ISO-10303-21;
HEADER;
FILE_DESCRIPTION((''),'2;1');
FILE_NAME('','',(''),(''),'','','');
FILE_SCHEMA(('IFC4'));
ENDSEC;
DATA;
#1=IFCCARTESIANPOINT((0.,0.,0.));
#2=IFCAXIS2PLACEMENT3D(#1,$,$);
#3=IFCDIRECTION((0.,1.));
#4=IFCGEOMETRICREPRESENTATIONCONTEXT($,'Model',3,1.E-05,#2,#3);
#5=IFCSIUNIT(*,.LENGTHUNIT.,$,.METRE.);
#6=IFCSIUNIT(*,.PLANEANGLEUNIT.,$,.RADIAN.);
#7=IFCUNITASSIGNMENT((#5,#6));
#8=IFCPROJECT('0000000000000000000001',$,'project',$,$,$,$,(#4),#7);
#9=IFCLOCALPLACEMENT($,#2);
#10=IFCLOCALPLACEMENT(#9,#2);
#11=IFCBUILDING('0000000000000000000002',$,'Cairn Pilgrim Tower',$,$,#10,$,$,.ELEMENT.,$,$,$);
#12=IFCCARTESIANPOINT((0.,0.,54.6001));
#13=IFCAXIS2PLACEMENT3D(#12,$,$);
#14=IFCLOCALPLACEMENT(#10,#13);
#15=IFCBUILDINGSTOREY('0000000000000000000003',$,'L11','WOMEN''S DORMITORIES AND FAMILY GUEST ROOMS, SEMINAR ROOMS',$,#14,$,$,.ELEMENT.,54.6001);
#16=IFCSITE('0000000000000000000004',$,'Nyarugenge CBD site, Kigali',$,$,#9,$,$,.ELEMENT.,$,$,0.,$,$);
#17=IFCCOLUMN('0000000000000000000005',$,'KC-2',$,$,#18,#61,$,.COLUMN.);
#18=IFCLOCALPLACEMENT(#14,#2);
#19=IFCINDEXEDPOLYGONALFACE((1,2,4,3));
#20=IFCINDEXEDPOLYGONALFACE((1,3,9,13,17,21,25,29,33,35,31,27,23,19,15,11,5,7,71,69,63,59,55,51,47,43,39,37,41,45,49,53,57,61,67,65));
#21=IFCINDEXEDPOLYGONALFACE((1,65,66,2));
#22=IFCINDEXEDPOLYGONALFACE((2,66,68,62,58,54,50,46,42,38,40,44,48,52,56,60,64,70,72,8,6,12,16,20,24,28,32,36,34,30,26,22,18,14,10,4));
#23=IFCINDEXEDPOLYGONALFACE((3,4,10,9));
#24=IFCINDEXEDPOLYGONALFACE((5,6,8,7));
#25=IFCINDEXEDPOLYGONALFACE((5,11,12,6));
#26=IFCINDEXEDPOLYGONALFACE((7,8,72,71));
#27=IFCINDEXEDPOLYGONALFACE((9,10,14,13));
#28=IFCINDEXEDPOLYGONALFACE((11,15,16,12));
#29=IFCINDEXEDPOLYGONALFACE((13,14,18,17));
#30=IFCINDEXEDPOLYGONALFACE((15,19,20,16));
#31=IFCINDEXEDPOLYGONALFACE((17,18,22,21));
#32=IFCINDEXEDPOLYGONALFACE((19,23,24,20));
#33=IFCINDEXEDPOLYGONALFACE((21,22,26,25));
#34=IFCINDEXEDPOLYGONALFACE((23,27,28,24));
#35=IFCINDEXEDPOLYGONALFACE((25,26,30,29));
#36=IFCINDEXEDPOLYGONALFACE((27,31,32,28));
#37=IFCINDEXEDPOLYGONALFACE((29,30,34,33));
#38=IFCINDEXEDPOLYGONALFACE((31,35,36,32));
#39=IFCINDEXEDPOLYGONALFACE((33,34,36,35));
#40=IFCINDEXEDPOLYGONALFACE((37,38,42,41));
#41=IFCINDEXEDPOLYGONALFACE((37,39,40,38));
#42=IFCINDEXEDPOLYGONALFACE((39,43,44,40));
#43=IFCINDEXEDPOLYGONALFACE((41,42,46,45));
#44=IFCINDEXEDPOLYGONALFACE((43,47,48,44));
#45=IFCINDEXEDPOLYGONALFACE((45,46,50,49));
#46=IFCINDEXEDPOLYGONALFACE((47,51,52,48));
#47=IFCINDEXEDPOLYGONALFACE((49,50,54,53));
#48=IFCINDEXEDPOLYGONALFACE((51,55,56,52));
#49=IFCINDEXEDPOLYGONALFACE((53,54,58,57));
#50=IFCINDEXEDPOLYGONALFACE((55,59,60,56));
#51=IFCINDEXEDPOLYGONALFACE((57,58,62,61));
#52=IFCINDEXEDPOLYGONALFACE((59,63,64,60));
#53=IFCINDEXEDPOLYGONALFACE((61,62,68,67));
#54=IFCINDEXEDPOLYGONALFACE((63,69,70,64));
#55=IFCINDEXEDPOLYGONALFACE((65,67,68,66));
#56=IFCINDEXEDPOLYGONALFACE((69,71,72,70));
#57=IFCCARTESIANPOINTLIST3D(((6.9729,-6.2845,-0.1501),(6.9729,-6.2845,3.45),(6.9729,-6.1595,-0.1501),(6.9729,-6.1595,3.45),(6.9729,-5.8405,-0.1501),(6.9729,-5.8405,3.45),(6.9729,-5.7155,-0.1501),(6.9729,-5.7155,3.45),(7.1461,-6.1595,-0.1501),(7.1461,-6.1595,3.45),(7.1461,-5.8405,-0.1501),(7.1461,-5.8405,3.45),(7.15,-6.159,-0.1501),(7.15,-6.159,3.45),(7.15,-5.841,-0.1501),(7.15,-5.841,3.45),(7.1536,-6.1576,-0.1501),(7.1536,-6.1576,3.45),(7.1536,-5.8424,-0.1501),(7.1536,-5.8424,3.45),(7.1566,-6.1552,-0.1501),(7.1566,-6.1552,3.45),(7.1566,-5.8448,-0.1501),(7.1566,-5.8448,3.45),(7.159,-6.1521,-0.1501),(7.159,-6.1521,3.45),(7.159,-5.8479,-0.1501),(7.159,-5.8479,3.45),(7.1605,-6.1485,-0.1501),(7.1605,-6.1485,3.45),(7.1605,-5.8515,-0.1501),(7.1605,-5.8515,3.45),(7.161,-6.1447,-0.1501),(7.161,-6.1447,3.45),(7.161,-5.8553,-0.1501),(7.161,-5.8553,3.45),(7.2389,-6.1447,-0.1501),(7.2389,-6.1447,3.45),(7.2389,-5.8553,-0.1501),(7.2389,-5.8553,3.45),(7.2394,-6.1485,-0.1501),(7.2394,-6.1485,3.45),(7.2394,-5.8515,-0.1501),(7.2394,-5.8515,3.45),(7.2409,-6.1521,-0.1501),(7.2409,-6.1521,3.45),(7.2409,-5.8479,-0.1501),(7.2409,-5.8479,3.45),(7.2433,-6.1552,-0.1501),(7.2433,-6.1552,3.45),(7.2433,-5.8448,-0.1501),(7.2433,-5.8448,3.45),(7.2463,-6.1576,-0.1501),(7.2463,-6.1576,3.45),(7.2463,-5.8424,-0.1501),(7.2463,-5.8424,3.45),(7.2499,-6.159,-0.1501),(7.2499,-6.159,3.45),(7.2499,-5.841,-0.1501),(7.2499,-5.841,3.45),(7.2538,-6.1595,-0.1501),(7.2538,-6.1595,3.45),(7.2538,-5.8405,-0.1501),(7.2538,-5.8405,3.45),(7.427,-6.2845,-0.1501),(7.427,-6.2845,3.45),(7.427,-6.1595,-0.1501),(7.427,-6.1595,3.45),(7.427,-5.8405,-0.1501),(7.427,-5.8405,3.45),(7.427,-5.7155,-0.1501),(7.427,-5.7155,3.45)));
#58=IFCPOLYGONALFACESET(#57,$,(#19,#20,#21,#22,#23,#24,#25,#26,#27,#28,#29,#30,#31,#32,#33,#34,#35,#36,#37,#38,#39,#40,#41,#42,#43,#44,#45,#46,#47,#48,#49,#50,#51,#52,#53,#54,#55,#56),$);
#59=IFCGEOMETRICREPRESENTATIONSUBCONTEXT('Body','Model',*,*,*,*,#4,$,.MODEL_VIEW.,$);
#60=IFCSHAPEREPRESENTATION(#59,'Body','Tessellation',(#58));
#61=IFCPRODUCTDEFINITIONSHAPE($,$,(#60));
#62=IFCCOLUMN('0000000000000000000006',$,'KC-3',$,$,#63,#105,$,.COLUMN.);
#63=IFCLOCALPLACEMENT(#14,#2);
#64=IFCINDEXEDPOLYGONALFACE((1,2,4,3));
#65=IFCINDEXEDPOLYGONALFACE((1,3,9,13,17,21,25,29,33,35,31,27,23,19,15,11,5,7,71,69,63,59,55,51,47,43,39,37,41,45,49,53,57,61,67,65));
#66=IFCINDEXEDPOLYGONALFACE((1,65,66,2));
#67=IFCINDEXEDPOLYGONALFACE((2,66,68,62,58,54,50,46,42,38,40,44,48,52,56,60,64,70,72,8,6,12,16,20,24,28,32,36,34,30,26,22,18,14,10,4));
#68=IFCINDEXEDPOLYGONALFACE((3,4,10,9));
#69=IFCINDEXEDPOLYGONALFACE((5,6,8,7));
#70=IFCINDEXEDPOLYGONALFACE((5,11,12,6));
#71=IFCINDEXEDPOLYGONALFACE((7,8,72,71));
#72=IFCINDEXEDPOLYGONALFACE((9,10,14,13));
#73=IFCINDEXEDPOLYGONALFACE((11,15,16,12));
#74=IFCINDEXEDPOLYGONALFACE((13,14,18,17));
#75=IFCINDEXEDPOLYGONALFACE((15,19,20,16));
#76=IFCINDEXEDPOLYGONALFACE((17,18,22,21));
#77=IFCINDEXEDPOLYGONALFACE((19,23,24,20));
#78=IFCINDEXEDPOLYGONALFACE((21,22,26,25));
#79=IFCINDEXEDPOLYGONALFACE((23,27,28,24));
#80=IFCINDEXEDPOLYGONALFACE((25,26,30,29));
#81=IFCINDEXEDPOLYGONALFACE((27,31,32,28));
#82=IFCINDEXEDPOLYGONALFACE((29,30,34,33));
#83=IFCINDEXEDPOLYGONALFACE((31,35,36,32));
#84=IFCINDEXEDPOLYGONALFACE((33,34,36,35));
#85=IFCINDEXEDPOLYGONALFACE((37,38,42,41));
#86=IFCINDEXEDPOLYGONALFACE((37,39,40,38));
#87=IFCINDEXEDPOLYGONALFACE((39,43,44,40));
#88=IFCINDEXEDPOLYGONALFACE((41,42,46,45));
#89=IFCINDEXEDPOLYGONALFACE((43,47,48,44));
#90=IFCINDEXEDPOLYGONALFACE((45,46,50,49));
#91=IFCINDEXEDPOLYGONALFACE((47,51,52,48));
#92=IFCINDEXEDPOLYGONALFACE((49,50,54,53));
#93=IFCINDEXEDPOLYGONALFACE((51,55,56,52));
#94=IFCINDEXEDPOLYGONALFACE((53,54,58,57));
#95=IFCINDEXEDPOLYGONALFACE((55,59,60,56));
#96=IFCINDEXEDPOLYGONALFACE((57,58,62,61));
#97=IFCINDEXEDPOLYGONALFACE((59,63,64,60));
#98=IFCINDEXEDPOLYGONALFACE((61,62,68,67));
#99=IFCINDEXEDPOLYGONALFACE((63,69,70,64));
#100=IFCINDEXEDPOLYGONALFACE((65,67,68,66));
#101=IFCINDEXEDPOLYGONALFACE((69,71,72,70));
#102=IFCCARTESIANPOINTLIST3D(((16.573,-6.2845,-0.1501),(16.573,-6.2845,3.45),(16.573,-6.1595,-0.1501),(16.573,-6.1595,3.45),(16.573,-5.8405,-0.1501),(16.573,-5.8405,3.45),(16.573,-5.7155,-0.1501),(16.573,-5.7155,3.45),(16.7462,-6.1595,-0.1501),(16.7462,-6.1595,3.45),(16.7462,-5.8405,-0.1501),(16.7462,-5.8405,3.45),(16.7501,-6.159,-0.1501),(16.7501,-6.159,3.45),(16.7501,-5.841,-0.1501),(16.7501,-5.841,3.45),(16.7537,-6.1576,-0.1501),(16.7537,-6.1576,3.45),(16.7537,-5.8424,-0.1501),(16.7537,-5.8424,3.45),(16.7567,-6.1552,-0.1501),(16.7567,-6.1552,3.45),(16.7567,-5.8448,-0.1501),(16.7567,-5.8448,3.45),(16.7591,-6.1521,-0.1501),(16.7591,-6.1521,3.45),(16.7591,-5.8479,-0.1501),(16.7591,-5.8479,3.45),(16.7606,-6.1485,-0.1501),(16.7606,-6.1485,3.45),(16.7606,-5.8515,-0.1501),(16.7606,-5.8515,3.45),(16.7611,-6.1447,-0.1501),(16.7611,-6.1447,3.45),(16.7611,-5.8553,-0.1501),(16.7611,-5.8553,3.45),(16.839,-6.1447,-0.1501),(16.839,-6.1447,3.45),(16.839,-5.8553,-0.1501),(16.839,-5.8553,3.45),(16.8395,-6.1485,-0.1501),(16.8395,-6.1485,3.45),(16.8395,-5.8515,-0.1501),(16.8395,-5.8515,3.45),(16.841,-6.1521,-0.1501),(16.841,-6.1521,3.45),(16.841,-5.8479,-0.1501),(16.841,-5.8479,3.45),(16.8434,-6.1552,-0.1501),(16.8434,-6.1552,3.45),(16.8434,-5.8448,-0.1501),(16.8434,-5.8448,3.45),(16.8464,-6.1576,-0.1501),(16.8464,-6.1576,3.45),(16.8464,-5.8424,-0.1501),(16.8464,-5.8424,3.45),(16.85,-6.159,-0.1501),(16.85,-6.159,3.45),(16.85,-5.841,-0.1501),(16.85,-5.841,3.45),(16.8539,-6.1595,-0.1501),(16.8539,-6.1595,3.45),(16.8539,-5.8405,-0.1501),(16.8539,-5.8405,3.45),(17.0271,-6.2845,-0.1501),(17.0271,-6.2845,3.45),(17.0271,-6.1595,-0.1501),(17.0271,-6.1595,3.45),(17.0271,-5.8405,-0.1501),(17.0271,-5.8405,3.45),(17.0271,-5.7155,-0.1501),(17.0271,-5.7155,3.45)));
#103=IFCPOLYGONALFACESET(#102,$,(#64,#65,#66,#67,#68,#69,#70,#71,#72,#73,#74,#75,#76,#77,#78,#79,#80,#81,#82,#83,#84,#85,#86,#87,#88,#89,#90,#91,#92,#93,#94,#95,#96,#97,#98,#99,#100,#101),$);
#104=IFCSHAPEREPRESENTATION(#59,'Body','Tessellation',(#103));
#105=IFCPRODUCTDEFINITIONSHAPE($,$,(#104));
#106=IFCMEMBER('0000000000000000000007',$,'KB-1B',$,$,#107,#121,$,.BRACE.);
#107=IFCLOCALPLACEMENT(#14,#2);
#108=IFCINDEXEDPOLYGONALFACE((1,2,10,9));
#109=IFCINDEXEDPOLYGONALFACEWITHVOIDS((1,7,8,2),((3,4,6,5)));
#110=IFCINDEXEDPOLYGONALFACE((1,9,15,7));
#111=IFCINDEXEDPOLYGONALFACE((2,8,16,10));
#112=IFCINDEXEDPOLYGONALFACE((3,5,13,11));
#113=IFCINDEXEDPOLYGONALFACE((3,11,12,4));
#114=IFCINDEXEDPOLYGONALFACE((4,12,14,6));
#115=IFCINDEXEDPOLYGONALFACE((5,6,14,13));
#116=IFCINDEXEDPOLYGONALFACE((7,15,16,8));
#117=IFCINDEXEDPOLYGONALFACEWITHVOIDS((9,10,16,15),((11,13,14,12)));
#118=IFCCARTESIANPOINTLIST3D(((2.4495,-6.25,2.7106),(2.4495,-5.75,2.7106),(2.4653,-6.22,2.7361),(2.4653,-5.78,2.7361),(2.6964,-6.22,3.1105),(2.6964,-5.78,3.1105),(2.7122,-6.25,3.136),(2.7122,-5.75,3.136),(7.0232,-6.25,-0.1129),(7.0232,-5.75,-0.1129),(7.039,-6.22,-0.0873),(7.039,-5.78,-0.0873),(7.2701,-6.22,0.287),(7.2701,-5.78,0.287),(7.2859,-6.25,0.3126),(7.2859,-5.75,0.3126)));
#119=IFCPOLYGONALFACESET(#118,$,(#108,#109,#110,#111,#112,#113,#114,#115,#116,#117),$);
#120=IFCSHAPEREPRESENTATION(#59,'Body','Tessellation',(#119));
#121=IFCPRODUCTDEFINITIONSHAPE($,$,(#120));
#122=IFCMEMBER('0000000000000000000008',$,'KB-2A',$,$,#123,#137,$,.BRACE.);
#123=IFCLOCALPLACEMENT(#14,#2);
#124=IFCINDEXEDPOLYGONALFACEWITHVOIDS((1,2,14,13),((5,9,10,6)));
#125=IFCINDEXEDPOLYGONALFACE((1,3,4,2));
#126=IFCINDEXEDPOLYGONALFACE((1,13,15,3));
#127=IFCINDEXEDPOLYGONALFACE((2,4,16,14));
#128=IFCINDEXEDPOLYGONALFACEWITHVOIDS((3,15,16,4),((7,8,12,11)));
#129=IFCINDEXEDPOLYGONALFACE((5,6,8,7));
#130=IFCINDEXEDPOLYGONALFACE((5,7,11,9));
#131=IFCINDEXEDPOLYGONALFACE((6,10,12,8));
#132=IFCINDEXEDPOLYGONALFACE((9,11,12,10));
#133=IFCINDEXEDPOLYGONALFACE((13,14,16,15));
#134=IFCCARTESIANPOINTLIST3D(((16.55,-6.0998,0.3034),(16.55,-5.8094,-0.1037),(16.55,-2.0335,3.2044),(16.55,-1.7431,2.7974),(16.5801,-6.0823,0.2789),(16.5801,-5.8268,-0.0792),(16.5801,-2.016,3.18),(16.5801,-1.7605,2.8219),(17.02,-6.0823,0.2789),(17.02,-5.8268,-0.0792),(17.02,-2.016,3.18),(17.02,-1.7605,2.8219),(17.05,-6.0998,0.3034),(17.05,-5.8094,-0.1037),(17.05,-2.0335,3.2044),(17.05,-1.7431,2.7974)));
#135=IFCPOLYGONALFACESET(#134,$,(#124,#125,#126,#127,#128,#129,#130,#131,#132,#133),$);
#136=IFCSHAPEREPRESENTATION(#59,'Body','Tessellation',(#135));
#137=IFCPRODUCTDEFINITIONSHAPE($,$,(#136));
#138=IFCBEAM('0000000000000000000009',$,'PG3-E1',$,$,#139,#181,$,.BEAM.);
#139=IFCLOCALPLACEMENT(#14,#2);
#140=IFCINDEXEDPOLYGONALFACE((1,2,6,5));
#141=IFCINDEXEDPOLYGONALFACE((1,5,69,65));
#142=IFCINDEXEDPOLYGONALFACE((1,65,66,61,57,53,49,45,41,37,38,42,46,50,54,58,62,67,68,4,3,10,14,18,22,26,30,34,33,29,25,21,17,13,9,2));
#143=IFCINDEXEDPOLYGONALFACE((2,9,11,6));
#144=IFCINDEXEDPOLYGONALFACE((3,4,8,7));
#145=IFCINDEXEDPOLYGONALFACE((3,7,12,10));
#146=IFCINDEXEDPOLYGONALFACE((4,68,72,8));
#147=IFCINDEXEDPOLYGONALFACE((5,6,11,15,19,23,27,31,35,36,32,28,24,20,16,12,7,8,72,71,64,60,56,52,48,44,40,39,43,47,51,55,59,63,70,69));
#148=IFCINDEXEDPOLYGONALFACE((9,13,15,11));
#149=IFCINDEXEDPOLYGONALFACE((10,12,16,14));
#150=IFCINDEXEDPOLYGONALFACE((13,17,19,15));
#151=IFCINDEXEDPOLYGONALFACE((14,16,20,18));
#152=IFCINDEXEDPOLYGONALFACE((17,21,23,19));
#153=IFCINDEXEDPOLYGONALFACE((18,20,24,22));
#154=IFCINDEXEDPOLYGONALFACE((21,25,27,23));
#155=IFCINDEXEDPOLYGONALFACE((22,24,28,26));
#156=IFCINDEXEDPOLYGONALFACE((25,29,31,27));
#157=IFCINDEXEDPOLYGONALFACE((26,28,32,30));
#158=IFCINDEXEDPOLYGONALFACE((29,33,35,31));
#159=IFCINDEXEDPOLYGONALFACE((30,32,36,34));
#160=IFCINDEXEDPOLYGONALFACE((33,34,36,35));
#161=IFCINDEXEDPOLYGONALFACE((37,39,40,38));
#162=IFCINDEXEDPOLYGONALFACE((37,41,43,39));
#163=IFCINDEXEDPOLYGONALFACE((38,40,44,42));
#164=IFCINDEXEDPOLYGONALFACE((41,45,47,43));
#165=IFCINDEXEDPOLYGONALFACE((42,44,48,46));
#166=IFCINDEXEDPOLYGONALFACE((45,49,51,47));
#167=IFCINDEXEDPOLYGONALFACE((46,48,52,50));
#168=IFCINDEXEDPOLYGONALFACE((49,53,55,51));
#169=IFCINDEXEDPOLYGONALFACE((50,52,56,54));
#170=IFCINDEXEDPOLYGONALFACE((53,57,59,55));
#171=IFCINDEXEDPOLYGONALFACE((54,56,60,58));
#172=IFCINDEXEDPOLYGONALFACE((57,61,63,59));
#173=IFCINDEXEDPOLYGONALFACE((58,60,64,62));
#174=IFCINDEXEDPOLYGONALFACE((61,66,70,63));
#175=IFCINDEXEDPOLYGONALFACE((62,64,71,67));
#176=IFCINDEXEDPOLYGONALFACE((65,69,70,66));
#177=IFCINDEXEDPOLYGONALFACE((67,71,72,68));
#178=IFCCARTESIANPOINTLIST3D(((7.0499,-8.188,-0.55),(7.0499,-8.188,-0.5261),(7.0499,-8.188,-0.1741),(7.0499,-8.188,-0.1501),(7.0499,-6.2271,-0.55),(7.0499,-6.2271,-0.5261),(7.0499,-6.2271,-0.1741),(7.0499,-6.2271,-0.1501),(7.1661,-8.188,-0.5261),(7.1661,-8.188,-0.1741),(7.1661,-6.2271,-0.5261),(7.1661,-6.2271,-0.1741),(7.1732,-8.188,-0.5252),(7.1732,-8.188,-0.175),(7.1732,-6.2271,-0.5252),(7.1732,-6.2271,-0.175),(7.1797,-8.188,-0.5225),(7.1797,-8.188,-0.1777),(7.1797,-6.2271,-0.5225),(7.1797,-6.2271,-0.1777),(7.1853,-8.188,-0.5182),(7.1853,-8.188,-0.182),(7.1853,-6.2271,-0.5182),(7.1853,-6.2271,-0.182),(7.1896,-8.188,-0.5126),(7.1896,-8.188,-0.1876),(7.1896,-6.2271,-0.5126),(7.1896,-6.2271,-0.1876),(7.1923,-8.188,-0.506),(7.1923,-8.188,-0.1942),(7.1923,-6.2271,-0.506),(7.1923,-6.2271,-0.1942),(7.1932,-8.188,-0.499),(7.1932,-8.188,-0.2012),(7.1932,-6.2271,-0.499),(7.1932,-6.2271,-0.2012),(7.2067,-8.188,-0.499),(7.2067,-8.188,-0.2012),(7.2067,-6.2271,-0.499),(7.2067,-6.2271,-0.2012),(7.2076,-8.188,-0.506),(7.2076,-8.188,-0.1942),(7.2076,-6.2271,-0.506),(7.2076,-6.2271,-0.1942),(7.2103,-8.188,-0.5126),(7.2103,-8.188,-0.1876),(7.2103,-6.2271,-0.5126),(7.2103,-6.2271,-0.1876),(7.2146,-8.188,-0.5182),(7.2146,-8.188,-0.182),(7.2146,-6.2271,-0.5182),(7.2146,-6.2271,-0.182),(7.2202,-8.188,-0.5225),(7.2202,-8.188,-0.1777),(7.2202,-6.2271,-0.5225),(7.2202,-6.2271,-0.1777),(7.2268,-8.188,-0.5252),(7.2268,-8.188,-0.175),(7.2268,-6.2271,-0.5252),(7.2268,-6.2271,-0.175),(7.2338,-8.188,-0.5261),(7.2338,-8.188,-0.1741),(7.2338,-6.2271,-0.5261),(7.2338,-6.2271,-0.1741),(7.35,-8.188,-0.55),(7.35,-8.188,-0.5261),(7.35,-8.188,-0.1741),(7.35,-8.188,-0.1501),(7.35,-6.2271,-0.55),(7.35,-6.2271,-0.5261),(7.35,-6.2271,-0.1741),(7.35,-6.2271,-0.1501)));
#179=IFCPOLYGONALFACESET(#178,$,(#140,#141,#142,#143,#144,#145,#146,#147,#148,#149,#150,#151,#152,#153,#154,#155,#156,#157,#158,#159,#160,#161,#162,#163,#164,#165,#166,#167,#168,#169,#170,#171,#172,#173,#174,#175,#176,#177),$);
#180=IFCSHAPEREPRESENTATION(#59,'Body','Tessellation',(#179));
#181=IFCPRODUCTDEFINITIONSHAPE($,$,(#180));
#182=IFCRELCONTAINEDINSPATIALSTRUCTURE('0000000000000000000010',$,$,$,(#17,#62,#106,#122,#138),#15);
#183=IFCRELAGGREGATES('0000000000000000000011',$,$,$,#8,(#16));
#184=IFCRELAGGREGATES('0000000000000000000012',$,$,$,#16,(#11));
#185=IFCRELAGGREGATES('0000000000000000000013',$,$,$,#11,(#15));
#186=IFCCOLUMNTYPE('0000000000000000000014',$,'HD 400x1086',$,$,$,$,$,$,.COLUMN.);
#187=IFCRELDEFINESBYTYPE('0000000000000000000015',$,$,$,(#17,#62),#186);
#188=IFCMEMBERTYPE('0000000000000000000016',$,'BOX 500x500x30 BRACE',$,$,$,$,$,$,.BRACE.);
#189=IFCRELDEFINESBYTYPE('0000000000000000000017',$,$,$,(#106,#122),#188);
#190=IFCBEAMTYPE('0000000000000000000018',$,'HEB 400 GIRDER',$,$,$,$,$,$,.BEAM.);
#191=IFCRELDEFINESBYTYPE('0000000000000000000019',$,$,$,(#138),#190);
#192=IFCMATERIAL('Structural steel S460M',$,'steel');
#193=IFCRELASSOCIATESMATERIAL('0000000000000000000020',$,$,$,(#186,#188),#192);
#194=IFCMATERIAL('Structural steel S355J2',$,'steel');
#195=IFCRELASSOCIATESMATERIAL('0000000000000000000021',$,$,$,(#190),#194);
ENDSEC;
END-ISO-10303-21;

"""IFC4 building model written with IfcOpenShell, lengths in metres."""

from ifc_helpers import new_model, si_unit, direction, frame, origin, origin_2d, place, context, subcontext, project, spatial, hollow_rectangle, i_section, extrude, material, material_profile, profile_set, type_object, element, save


model = new_model("IFC4")

# Units and contexts
model_context = context("Model", 3, precision=1e-05, world=origin(), true_north=direction((0.0, 1.0)))
body_context = subcontext(model_context, "Body", "Model", "MODEL_VIEW")
ifc_project = project(units=[si_unit("LENGTHUNIT", "METRE"), si_unit("PLANEANGLEUNIT", "RADIAN")], contexts=[model_context])

# Site, building, storey
site_placement = place(None, origin())
site = spatial("IfcSite", under=ifc_project, at=site_placement, Name="Nyarugenge CBD site, Kigali", CompositionType="ELEMENT", RefElevation=0.0)
building_placement = place(site_placement, origin())
building = spatial("IfcBuilding", under=site, at=building_placement, Name="Cairn Pilgrim Tower", CompositionType="ELEMENT")
storey_placement = place(building_placement, frame((0.0, 0.0, 54.6001)))
storey = spatial("IfcBuildingStorey", under=building, at=storey_placement, Name="L11", Description="WOMEN'S DORMITORIES AND FAMILY GUEST ROOMS, SEMINAR ROOMS", CompositionType="ELEMENT", Elevation=54.6001)

# Columns
ifc_material_1 = material(Name="Structural steel S460M", Category="steel")
ifc_material_profile_1 = material_profile(ifc_material_1, i_section(OverallWidth=0.4541, OverallDepth=0.5691, WebThickness=0.0779, FlangeThickness=0.125, FilletRadius=0.0149, at=origin_2d()), Name="HD 400x1086")
ifc_profile_set_1 = profile_set([ifc_material_profile_1], Name="Structural steel S460M")
column_type = type_object("IfcColumnType", Name="HD 400x1086", PredefinedType="COLUMN", material=ifc_profile_set_1)
for number, where, z_axis, x_axis, name in (
    (1, (7.2, -6.0, -0.1501), (0.0, 0.0, 1.0), (1.0, 0.0, 0.0), "KC-2"),
    (2, (16.8, -6.0, -0.1501), (0.0, 0.0, 1.0), (1.0, 0.0, 0.0), "KC-3"),
):
    element("IfcColumn", number, at=place(storey_placement, frame(where, z_axis=z_axis, x_axis=x_axis)), inside=storey, type_object=column_type, Name=name, PredefinedType="COLUMN", context=body_context, shape_type="SweptSolid", body=[
        extrude(i_section(OverallWidth=0.4541, OverallDepth=0.5691, WebThickness=0.0779, FlangeThickness=0.125, FilletRadius=0.0149, at=origin_2d()), origin(), (0.0, 0.0, 1.0), 3.6001),
    ])

# Members
ifc_material_profile_2 = material_profile(ifc_material_1, hollow_rectangle(XDim=0.5, YDim=0.5, WallThickness=0.03, at=origin_2d()), Name="BOX 500x500x30")
ifc_profile_set_2 = profile_set([ifc_material_profile_2], Name="Structural steel S460M")
member_type = type_object("IfcMemberType", Name="BOX 500x500x30 BRACE", PredefinedType="BRACE", material=ifc_profile_set_2)
member_1_placement = place(storey_placement, frame((7.1545, -6.0, 0.0999), z_axis=(-0.85092, 0.0, 0.525296), x_axis=(0.0, -1.0, 0.0)))
element("IfcMember", 3, at=member_1_placement, inside=storey, type_object=member_type, Name="KB-1B", PredefinedType="BRACE", context=body_context, shape_type="SweptSolid", body=[
    extrude(hollow_rectangle(XDim=0.5, YDim=0.5, WallThickness=0.03, at=origin_2d()), origin(), (0.0, 0.0, 1.0), 5.375),
])
member_2_placement = place(storey_placement, frame((16.8, -5.9546, 0.0999), z_axis=(0.0, 0.81406, 0.58078), x_axis=(-1.0, 0.0, 0.0)))
element("IfcMember", 4, at=member_2_placement, inside=storey, type_object=member_type, Name="KB-2A", PredefinedType="BRACE", context=body_context, shape_type="SweptSolid", body=[
    extrude(hollow_rectangle(XDim=0.5, YDim=0.5, WallThickness=0.03, at=origin_2d()), origin(), (0.0, 0.0, 1.0), 4.9951),
])

# Beam
ifc_material_2 = material(Name="Structural steel S355J2", Category="steel")
ifc_material_profile_3 = material_profile(ifc_material_2, i_section(OverallWidth=0.3, OverallDepth=0.3999, WebThickness=0.0134, FlangeThickness=0.0239, FilletRadius=0.0271, at=origin_2d()), Name="HEB 400")
ifc_profile_set_3 = profile_set([ifc_material_profile_3], Name="Structural steel S355J2")
beam_type_1 = type_object("IfcBeamType", Name="HEB 400 GIRDER", PredefinedType="BEAM", material=ifc_profile_set_3)
beam_1_placement = place(storey_placement, frame((7.2, -8.188, -0.3501), z_axis=(0.0, 1.0, 0.0), x_axis=(-1.0, 0.0, 0.0)))
element("IfcBeam", 5, at=beam_1_placement, inside=storey, type_object=beam_type_1, Name="PG3-E1", PredefinedType="BEAM", context=body_context, shape_type="SweptSolid", body=[
    extrude(i_section(OverallWidth=0.3, OverallDepth=0.3999, WebThickness=0.0134, FlangeThickness=0.0239, FilletRadius=0.0271, at=origin_2d()), origin(), (0.0, 0.0, 1.0), 1.9609),
])

save(model, "model.ifc")
